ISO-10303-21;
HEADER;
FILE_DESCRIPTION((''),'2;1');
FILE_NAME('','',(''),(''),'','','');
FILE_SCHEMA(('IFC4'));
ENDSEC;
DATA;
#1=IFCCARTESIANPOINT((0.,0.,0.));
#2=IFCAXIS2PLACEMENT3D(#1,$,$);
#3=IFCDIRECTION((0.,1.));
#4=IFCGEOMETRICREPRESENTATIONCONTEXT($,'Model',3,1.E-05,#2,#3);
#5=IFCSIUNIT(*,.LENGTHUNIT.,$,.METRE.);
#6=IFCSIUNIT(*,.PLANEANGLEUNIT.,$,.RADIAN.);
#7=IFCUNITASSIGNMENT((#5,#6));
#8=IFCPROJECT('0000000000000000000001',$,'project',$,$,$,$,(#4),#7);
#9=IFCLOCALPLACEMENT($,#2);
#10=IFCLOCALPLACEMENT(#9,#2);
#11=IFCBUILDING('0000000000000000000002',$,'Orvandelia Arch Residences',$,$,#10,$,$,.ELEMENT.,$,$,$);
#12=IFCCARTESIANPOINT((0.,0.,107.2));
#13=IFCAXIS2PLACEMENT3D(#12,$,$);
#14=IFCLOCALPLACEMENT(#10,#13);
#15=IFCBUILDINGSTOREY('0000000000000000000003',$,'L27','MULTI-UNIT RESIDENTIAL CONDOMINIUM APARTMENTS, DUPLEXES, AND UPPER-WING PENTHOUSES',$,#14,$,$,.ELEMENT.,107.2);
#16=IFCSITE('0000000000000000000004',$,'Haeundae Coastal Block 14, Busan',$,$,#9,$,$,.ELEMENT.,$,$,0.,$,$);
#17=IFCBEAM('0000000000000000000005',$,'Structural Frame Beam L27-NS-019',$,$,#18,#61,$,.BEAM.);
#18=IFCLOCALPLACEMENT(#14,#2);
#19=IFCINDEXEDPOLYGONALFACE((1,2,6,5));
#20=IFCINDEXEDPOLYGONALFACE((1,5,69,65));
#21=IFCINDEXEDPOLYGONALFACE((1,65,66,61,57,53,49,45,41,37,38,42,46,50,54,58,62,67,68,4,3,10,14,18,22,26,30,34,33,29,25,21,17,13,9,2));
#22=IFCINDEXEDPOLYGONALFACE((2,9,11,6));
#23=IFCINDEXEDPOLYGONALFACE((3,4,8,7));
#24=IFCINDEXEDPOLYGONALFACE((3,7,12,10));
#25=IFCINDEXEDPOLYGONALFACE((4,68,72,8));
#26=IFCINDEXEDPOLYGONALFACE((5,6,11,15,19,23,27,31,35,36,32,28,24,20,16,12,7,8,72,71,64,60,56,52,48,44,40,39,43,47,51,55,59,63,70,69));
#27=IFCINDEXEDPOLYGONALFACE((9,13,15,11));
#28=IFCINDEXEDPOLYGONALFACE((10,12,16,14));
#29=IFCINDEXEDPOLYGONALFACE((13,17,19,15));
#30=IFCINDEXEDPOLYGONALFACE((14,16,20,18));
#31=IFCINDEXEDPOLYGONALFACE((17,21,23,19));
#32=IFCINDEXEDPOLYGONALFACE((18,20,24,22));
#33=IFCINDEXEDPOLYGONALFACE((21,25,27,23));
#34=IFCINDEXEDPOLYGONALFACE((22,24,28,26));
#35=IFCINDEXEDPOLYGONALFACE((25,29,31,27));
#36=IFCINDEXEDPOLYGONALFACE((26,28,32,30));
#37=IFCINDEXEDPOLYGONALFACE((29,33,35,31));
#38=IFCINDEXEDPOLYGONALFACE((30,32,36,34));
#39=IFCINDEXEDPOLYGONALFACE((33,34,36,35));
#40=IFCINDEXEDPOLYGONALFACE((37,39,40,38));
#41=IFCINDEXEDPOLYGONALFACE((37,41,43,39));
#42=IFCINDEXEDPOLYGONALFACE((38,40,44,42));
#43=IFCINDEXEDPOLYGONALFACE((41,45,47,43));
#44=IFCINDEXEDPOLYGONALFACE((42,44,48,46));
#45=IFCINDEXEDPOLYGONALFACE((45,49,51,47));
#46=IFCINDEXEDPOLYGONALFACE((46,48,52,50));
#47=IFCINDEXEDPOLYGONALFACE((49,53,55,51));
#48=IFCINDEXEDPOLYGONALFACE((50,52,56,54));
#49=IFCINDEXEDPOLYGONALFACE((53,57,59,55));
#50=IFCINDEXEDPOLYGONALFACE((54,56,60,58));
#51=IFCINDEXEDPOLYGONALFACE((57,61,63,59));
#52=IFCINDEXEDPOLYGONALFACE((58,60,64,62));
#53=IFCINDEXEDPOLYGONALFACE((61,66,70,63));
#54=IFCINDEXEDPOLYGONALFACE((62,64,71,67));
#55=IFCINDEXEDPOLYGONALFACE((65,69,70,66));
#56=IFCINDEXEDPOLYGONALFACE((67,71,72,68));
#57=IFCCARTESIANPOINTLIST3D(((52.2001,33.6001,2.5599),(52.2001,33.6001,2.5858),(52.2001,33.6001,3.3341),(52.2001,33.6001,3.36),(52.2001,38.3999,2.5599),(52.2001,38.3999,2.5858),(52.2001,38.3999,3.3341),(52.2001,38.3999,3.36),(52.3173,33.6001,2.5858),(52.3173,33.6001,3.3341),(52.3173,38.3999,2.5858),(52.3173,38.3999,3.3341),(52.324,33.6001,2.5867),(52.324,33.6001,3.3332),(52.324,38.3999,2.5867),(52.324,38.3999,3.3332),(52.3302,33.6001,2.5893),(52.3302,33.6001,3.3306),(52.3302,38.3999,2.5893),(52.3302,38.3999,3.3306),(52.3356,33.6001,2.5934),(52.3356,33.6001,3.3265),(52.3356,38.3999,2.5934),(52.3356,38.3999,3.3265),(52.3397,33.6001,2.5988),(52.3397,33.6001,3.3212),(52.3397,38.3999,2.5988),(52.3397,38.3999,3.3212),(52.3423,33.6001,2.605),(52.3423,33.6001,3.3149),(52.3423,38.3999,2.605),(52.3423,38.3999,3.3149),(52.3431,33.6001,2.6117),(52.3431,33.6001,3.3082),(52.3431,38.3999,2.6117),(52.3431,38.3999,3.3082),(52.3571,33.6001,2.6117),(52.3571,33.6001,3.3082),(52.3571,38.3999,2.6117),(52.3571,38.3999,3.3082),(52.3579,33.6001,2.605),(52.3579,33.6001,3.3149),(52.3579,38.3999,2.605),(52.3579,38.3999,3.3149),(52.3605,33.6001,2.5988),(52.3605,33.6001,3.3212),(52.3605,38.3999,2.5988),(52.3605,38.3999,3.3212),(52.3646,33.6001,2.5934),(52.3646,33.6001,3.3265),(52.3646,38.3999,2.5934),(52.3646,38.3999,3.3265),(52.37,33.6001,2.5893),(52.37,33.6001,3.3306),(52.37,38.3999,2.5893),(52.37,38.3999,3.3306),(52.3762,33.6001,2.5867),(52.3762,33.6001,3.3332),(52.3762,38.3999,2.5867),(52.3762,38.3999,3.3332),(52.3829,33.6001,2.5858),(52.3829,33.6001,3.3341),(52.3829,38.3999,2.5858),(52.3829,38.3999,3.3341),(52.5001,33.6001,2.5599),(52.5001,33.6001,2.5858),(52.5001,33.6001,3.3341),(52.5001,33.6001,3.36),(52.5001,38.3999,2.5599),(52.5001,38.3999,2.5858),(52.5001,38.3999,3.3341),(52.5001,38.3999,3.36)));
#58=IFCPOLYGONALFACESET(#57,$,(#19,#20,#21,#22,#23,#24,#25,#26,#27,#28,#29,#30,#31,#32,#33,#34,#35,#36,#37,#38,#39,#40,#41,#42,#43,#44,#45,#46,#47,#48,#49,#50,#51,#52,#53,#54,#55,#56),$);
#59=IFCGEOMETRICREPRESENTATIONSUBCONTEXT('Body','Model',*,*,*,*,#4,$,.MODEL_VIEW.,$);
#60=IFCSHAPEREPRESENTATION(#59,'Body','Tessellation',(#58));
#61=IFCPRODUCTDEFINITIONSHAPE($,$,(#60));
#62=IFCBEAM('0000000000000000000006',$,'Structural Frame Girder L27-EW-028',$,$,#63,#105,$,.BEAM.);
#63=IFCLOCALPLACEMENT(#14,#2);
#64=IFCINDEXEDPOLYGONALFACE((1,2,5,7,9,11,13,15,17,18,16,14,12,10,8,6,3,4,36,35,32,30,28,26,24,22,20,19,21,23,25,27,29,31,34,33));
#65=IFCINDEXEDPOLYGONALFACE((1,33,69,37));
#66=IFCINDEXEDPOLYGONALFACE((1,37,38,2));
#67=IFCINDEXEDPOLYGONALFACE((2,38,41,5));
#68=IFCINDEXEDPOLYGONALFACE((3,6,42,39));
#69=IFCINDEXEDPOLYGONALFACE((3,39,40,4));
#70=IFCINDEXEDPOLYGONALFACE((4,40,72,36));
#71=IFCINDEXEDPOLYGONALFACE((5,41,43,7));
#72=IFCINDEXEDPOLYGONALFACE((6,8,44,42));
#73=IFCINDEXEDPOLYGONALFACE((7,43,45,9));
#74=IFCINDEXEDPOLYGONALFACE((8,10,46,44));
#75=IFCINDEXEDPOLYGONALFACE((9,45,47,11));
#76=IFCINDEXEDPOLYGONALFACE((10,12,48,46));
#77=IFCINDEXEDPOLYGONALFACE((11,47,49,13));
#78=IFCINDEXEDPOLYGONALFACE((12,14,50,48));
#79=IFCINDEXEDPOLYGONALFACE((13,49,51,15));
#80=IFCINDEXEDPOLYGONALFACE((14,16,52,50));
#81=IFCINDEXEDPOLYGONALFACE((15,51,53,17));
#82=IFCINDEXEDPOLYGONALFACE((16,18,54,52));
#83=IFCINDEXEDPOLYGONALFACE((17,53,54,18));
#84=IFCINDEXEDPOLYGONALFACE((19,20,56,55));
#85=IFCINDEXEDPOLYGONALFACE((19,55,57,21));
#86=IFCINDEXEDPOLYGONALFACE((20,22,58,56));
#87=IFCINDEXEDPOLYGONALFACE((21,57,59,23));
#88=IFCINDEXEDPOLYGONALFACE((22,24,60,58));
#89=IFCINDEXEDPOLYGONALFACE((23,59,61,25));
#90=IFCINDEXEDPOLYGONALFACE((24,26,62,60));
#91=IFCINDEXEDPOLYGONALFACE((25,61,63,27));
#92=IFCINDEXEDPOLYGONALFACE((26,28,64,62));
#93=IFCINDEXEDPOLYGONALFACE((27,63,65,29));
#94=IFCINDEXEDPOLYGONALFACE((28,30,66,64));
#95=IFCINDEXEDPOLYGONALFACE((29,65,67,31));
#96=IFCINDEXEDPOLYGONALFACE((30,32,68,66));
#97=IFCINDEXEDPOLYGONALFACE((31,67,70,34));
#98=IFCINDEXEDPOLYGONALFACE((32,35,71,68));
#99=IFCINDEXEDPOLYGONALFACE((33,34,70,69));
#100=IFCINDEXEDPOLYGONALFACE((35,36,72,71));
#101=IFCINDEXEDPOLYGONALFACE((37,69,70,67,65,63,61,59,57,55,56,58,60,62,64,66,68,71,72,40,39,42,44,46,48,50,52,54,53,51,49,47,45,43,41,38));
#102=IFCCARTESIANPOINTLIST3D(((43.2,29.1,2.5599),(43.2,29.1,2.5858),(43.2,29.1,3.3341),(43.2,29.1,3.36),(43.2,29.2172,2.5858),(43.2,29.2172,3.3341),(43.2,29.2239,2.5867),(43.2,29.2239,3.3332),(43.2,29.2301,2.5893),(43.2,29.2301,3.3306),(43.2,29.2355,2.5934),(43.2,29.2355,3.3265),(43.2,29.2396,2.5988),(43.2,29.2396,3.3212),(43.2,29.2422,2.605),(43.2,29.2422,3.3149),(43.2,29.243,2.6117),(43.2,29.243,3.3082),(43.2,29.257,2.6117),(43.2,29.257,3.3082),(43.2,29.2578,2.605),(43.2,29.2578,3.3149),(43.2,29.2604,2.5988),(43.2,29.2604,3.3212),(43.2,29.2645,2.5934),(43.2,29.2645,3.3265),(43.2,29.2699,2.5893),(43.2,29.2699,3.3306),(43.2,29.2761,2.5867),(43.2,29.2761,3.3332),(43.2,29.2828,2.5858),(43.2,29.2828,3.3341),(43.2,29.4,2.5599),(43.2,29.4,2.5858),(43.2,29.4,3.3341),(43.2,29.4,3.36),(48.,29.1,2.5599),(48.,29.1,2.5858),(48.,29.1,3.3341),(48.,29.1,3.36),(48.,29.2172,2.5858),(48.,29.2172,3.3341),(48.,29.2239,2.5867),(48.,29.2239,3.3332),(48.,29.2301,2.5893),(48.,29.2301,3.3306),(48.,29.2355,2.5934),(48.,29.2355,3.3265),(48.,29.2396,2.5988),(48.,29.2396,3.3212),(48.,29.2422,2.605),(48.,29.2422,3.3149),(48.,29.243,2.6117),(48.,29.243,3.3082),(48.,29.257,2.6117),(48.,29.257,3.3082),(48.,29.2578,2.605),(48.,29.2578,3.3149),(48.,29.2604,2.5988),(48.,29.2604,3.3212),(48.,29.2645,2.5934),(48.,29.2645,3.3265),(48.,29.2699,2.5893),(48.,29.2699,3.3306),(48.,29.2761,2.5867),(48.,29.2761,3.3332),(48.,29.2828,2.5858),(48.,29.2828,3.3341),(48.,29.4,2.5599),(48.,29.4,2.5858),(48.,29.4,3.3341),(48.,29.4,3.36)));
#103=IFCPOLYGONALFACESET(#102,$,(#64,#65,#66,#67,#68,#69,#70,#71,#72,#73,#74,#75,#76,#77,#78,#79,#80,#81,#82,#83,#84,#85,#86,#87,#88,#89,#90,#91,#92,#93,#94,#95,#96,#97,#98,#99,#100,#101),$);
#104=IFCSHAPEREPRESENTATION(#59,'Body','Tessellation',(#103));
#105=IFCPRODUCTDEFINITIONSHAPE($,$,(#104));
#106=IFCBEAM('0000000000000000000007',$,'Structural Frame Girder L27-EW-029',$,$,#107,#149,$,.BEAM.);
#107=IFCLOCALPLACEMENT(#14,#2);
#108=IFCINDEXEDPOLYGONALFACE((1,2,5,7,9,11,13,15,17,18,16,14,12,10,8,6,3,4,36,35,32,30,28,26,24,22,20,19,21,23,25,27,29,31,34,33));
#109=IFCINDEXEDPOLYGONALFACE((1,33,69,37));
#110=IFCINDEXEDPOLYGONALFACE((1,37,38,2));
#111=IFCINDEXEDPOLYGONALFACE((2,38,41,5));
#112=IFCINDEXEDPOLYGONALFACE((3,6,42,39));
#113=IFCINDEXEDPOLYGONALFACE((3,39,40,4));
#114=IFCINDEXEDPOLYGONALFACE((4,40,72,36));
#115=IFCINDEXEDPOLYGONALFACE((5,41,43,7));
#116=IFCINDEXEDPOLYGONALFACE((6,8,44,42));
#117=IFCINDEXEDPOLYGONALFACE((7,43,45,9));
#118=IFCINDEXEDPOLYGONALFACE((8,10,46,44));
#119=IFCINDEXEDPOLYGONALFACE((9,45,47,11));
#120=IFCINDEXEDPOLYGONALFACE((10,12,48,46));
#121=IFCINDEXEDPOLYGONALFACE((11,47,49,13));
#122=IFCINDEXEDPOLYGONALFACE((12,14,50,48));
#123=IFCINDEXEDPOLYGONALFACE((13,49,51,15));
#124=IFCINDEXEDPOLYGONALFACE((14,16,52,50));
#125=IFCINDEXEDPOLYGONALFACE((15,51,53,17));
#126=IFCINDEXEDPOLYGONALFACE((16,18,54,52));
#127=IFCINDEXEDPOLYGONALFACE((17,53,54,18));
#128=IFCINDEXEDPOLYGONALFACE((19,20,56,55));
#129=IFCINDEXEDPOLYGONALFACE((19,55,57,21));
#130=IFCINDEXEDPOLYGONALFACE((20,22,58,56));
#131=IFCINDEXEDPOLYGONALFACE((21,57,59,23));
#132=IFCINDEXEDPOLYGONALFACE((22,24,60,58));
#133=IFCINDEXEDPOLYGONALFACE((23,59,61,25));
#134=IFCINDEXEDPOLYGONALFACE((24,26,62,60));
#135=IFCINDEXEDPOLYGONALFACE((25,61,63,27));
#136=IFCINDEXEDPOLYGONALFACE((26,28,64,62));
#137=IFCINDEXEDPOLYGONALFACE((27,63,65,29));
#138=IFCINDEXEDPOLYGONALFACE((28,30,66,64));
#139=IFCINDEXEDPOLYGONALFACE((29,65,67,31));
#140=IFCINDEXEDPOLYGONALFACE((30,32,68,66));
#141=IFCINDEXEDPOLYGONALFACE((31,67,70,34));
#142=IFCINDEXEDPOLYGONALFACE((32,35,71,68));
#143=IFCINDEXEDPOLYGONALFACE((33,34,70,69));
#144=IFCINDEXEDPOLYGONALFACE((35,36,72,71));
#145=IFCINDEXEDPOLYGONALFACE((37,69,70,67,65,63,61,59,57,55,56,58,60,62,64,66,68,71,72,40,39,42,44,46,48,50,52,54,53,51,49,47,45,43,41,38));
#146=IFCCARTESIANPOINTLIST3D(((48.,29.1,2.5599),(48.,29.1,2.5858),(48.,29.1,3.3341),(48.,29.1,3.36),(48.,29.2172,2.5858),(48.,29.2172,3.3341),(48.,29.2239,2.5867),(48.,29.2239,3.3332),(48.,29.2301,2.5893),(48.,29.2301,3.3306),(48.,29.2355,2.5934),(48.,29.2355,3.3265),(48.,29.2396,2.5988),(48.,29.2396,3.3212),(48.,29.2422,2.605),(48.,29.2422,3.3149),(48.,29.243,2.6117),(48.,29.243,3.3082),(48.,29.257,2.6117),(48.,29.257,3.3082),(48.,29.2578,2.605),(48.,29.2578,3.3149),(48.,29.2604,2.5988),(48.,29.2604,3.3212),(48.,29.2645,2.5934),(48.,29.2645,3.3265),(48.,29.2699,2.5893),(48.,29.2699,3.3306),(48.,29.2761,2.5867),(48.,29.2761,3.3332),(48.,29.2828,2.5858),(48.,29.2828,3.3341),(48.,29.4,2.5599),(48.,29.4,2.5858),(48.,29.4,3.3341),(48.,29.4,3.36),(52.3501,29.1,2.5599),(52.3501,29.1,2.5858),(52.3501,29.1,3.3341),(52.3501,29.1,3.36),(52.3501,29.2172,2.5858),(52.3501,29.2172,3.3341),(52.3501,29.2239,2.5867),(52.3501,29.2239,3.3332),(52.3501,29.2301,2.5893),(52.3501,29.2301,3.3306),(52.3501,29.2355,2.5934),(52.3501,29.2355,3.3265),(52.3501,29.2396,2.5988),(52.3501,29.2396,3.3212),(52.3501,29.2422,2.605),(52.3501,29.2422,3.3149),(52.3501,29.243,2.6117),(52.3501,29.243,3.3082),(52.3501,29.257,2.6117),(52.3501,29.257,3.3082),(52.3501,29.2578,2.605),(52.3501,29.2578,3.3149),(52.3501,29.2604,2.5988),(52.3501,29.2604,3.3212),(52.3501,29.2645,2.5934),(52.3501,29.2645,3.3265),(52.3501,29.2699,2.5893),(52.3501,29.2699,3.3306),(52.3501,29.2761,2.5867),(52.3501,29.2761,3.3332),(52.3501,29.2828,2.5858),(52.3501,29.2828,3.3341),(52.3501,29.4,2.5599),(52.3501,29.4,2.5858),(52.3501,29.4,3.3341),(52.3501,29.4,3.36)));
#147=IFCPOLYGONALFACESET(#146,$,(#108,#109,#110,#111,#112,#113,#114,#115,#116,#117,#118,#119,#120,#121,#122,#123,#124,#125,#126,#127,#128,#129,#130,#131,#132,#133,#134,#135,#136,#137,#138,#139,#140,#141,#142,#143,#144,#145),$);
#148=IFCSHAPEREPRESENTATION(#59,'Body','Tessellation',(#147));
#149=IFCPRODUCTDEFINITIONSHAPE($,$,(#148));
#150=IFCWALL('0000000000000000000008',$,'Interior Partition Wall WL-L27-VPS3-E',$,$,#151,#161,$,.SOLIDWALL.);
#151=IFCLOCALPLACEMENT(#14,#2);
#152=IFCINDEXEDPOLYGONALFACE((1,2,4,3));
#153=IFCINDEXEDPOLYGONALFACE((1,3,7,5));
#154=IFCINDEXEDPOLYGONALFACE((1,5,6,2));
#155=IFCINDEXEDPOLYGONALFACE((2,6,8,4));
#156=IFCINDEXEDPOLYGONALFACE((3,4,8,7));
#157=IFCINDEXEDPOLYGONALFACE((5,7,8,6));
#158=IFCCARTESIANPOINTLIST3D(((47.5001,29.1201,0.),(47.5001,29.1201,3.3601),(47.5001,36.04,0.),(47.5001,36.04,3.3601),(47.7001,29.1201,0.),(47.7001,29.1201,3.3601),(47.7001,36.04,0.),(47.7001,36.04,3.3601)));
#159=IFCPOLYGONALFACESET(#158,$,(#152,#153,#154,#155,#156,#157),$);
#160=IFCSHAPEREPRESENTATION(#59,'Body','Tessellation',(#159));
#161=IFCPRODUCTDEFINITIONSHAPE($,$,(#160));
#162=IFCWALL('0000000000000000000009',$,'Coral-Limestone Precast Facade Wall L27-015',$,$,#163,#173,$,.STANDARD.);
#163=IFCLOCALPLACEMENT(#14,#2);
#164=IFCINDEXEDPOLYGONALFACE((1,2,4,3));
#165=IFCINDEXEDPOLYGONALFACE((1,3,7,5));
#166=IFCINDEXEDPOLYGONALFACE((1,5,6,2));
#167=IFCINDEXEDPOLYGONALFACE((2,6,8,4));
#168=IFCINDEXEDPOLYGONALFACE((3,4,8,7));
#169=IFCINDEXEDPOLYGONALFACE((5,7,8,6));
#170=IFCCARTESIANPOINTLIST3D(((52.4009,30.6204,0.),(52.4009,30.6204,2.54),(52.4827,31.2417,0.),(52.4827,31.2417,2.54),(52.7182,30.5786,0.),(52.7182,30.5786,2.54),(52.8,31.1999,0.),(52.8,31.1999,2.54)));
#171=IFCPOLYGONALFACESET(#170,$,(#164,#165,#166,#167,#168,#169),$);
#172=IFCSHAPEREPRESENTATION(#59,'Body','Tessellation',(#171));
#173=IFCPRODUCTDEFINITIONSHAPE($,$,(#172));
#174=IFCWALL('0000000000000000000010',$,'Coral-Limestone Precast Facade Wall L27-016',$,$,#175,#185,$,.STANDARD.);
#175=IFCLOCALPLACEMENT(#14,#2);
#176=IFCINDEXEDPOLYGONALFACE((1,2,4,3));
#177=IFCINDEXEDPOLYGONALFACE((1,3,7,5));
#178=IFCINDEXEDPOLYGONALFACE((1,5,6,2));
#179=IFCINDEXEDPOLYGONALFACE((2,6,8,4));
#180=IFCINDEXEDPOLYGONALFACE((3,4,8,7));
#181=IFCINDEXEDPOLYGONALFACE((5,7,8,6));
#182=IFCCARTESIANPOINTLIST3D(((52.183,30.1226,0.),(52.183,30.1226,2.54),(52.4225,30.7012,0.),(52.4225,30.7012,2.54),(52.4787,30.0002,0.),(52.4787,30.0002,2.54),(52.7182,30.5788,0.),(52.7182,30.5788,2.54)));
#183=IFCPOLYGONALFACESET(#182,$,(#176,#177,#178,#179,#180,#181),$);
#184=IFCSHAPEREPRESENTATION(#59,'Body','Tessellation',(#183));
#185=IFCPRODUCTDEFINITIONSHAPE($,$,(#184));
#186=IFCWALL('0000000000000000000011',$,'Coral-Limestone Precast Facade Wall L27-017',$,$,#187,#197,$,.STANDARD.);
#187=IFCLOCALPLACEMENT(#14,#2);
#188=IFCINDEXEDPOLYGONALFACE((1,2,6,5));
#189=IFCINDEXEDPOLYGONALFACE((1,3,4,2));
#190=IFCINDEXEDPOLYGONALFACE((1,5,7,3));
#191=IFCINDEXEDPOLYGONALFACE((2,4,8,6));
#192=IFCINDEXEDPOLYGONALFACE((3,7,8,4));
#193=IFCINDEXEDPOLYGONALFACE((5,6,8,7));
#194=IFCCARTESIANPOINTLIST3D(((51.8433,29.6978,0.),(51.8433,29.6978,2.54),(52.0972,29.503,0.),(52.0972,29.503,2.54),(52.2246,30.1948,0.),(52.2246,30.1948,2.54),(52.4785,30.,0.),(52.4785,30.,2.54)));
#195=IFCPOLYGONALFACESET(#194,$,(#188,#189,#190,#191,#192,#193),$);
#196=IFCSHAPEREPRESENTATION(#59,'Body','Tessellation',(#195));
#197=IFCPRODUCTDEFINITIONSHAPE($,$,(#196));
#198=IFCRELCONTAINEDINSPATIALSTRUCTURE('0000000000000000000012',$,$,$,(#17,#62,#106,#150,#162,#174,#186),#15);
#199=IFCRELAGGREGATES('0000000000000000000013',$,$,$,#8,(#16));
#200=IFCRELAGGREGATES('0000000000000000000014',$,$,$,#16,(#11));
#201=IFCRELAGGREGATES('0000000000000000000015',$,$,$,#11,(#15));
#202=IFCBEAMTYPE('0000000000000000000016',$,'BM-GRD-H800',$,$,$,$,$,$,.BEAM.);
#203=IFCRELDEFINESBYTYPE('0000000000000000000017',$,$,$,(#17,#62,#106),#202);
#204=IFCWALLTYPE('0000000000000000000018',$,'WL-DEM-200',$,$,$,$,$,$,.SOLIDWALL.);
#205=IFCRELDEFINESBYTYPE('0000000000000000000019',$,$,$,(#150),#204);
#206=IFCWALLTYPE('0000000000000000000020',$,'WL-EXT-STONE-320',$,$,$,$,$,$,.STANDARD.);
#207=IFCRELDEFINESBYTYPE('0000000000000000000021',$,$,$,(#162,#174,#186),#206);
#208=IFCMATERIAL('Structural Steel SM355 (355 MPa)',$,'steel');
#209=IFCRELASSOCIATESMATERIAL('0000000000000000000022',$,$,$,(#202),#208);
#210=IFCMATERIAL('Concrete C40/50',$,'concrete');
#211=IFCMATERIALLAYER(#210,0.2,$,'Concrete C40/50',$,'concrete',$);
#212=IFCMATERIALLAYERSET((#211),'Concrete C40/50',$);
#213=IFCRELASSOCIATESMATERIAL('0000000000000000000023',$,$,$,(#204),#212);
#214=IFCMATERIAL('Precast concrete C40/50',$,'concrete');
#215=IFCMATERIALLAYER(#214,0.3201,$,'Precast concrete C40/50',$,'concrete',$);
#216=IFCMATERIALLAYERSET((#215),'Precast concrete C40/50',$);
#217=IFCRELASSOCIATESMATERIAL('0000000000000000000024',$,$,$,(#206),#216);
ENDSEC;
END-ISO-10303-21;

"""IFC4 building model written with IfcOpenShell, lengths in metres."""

from ifc_helpers import new_model, si_unit, direction, frame, frame_2d, origin, origin_2d, place, context, subcontext, project, spatial, rectangle, i_section, extrude, material, layer, layer_set, material_profile, profile_set, type_object, element, save


model = new_model("IFC4")

# Units and contexts
model_context = context("Model", 3, precision=1e-05, world=origin(), true_north=direction((0.0, 1.0)))
body_context = subcontext(model_context, "Body", "Model", "MODEL_VIEW")
ifc_project = project(units=[si_unit("LENGTHUNIT", "METRE"), si_unit("PLANEANGLEUNIT", "RADIAN")], contexts=[model_context])

# Site, building, storey
site_placement = place(None, origin())
site = spatial("IfcSite", under=ifc_project, at=site_placement, Name="Haeundae Coastal Block 14, Busan", CompositionType="ELEMENT", RefElevation=0.0)
building_placement = place(site_placement, origin())
building = spatial("IfcBuilding", under=site, at=building_placement, Name="Orvandelia Arch Residences", CompositionType="ELEMENT")
storey_placement = place(building_placement, frame((0.0, 0.0, 107.2)))
storey = spatial("IfcBuildingStorey", under=building, at=storey_placement, Name="L27", Description="MULTI-UNIT RESIDENTIAL CONDOMINIUM APARTMENTS, DUPLEXES, AND UPPER-WING PENTHOUSES", CompositionType="ELEMENT", Elevation=107.2)

# Beams
ifc_material_1 = material(Name="Structural Steel SM355 (355 MPa)", Category="steel")
ifc_material_profile_1 = material_profile(ifc_material_1, i_section(OverallWidth=0.3, OverallDepth=0.8, WebThickness=0.0139, FlangeThickness=0.0259, FilletRadius=0.0259, at=origin_2d()), Name="Structural Steel SM355 (355 MPa)", Category="steel")
ifc_profile_set_1 = profile_set([ifc_material_profile_1], Name="Structural Steel SM355 (355 MPa)")
beam_type = type_object("IfcBeamType", Name="BM-GRD-H800", PredefinedType="BEAM", material=ifc_profile_set_1)
beam_1_placement = place(storey_placement, frame((52.3501, 33.6001, 2.96), z_axis=(0.0, 1.0, 0.0), x_axis=(-1.0, 0.0, 0.0)))
element("IfcBeam", 1, at=beam_1_placement, inside=storey, type_object=beam_type, Name="Structural Frame Beam L27-NS-019", PredefinedType="BEAM", context=body_context, shape_type="SweptSolid", body=[
    extrude(i_section(OverallWidth=0.3, OverallDepth=0.8, WebThickness=0.0139, FlangeThickness=0.0259, FilletRadius=0.0259, at=origin_2d()), origin(), (0.0, 0.0, 1.0), 4.7998),
])
beam_2_placement = place(storey_placement, frame((43.2, 29.25, 2.96), z_axis=(1.0, 0.0, 0.0), x_axis=(0.0, 1.0, 0.0)))
element("IfcBeam", 2, at=beam_2_placement, inside=storey, type_object=beam_type, Name="Structural Frame Girder L27-EW-028", PredefinedType="BEAM", context=body_context, shape_type="SweptSolid", body=[
    extrude(i_section(OverallWidth=0.3, OverallDepth=0.8, WebThickness=0.0139, FlangeThickness=0.0259, FilletRadius=0.0259, at=origin_2d()), origin(), (0.0, 0.0, 1.0), 4.8),
])
beam_3_placement = place(storey_placement, frame((48.0, 29.25, 2.96), z_axis=(1.0, 0.0, 0.0), x_axis=(0.0, 1.0, 0.0)))
element("IfcBeam", 3, at=beam_3_placement, inside=storey, type_object=beam_type, Name="Structural Frame Girder L27-EW-029", PredefinedType="BEAM", context=body_context, shape_type="SweptSolid", body=[
    extrude(i_section(OverallWidth=0.3, OverallDepth=0.8, WebThickness=0.0139, FlangeThickness=0.0259, FilletRadius=0.0259, at=origin_2d()), origin(), (0.0, 0.0, 1.0), 4.3501),
])

# Walls
ifc_material_2 = material(Name="Concrete C40/50", Category="concrete")
ifc_layer_1 = layer(ifc_material_2, 0.2, Name="Concrete C40/50", Category="concrete")
ifc_layer_set_1 = layer_set([ifc_layer_1], Name="Concrete C40/50")
wall_type_1 = type_object("IfcWallType", Name="WL-DEM-200", PredefinedType="SOLIDWALL", material=ifc_layer_set_1)
wall_1_placement = place(storey_placement, frame((47.6001, 29.1201, 0.0), z_axis=(0.0, 0.0, 1.0), x_axis=(0.0, 1.0, 0.0)))
element("IfcWall", 4, at=wall_1_placement, inside=storey, type_object=wall_type_1, Name="Interior Partition Wall WL-L27-VPS3-E", PredefinedType="SOLIDWALL", context=body_context, shape_type="SweptSolid", body=[
    extrude(rectangle(XDim=6.9199, YDim=0.2, at=frame_2d((3.46, 0.0))), origin(), (0.0, 0.0, 1.0), 3.3601),
])
ifc_material_3 = material(Name="Precast concrete C40/50", Category="concrete")
ifc_layer_2 = layer(ifc_material_3, 0.3201, Name="Precast concrete C40/50", Category="concrete")
ifc_layer_set_2 = layer_set([ifc_layer_2], Name="Precast concrete C40/50")
wall_type_2 = type_object("IfcWallType", Name="WL-EXT-STONE-320", PredefinedType="STANDARD", material=ifc_layer_set_2)
wall_2_placement = place(storey_placement, frame((52.6414, 31.2209, 0.0), z_axis=(0.0, 0.0, 1.0), x_axis=(-0.130505, -0.991448, 0.0)))
element("IfcWall", 5, at=wall_2_placement, inside=storey, type_object=wall_type_2, Name="Coral-Limestone Precast Facade Wall L27-015", PredefinedType="STANDARD", context=body_context, shape_type="SweptSolid", body=[
    extrude(rectangle(XDim=0.6267, YDim=0.3201, at=frame_2d((0.3135, 0.0))), origin(), (0.0, 0.0, 1.0), 2.54),
])
wall_3_placement = place(storey_placement, frame((52.5703, 30.6399, 0.0), z_axis=(0.0, 0.0, 1.0), x_axis=(-0.382455, -0.923974, 0.0)))
element("IfcWall", 6, at=wall_3_placement, inside=storey, type_object=wall_type_2, Name="Coral-Limestone Precast Facade Wall L27-016", PredefinedType="STANDARD", context=body_context, shape_type="SweptSolid", body=[
    extrude(rectangle(XDim=0.6262, YDim=0.3201, at=frame_2d((0.313, 0.0))), origin(), (0.0, 0.0, 1.0), 2.54),
])
wall_4_placement = place(storey_placement, frame((52.3516, 30.0974, 0.0), z_axis=(0.0, 0.0, 1.0), x_axis=(-0.608693, -0.793406, 0.0)))
element("IfcWall", 7, at=wall_4_placement, inside=storey, type_object=wall_type_2, Name="Coral-Limestone Precast Facade Wall L27-017", PredefinedType="STANDARD", context=body_context, shape_type="SweptSolid", body=[
    extrude(rectangle(XDim=0.6265, YDim=0.3201, at=frame_2d((0.3132, 0.0))), origin(), (0.0, 0.0, 1.0), 2.54),
])

save(model, "model.ifc")
